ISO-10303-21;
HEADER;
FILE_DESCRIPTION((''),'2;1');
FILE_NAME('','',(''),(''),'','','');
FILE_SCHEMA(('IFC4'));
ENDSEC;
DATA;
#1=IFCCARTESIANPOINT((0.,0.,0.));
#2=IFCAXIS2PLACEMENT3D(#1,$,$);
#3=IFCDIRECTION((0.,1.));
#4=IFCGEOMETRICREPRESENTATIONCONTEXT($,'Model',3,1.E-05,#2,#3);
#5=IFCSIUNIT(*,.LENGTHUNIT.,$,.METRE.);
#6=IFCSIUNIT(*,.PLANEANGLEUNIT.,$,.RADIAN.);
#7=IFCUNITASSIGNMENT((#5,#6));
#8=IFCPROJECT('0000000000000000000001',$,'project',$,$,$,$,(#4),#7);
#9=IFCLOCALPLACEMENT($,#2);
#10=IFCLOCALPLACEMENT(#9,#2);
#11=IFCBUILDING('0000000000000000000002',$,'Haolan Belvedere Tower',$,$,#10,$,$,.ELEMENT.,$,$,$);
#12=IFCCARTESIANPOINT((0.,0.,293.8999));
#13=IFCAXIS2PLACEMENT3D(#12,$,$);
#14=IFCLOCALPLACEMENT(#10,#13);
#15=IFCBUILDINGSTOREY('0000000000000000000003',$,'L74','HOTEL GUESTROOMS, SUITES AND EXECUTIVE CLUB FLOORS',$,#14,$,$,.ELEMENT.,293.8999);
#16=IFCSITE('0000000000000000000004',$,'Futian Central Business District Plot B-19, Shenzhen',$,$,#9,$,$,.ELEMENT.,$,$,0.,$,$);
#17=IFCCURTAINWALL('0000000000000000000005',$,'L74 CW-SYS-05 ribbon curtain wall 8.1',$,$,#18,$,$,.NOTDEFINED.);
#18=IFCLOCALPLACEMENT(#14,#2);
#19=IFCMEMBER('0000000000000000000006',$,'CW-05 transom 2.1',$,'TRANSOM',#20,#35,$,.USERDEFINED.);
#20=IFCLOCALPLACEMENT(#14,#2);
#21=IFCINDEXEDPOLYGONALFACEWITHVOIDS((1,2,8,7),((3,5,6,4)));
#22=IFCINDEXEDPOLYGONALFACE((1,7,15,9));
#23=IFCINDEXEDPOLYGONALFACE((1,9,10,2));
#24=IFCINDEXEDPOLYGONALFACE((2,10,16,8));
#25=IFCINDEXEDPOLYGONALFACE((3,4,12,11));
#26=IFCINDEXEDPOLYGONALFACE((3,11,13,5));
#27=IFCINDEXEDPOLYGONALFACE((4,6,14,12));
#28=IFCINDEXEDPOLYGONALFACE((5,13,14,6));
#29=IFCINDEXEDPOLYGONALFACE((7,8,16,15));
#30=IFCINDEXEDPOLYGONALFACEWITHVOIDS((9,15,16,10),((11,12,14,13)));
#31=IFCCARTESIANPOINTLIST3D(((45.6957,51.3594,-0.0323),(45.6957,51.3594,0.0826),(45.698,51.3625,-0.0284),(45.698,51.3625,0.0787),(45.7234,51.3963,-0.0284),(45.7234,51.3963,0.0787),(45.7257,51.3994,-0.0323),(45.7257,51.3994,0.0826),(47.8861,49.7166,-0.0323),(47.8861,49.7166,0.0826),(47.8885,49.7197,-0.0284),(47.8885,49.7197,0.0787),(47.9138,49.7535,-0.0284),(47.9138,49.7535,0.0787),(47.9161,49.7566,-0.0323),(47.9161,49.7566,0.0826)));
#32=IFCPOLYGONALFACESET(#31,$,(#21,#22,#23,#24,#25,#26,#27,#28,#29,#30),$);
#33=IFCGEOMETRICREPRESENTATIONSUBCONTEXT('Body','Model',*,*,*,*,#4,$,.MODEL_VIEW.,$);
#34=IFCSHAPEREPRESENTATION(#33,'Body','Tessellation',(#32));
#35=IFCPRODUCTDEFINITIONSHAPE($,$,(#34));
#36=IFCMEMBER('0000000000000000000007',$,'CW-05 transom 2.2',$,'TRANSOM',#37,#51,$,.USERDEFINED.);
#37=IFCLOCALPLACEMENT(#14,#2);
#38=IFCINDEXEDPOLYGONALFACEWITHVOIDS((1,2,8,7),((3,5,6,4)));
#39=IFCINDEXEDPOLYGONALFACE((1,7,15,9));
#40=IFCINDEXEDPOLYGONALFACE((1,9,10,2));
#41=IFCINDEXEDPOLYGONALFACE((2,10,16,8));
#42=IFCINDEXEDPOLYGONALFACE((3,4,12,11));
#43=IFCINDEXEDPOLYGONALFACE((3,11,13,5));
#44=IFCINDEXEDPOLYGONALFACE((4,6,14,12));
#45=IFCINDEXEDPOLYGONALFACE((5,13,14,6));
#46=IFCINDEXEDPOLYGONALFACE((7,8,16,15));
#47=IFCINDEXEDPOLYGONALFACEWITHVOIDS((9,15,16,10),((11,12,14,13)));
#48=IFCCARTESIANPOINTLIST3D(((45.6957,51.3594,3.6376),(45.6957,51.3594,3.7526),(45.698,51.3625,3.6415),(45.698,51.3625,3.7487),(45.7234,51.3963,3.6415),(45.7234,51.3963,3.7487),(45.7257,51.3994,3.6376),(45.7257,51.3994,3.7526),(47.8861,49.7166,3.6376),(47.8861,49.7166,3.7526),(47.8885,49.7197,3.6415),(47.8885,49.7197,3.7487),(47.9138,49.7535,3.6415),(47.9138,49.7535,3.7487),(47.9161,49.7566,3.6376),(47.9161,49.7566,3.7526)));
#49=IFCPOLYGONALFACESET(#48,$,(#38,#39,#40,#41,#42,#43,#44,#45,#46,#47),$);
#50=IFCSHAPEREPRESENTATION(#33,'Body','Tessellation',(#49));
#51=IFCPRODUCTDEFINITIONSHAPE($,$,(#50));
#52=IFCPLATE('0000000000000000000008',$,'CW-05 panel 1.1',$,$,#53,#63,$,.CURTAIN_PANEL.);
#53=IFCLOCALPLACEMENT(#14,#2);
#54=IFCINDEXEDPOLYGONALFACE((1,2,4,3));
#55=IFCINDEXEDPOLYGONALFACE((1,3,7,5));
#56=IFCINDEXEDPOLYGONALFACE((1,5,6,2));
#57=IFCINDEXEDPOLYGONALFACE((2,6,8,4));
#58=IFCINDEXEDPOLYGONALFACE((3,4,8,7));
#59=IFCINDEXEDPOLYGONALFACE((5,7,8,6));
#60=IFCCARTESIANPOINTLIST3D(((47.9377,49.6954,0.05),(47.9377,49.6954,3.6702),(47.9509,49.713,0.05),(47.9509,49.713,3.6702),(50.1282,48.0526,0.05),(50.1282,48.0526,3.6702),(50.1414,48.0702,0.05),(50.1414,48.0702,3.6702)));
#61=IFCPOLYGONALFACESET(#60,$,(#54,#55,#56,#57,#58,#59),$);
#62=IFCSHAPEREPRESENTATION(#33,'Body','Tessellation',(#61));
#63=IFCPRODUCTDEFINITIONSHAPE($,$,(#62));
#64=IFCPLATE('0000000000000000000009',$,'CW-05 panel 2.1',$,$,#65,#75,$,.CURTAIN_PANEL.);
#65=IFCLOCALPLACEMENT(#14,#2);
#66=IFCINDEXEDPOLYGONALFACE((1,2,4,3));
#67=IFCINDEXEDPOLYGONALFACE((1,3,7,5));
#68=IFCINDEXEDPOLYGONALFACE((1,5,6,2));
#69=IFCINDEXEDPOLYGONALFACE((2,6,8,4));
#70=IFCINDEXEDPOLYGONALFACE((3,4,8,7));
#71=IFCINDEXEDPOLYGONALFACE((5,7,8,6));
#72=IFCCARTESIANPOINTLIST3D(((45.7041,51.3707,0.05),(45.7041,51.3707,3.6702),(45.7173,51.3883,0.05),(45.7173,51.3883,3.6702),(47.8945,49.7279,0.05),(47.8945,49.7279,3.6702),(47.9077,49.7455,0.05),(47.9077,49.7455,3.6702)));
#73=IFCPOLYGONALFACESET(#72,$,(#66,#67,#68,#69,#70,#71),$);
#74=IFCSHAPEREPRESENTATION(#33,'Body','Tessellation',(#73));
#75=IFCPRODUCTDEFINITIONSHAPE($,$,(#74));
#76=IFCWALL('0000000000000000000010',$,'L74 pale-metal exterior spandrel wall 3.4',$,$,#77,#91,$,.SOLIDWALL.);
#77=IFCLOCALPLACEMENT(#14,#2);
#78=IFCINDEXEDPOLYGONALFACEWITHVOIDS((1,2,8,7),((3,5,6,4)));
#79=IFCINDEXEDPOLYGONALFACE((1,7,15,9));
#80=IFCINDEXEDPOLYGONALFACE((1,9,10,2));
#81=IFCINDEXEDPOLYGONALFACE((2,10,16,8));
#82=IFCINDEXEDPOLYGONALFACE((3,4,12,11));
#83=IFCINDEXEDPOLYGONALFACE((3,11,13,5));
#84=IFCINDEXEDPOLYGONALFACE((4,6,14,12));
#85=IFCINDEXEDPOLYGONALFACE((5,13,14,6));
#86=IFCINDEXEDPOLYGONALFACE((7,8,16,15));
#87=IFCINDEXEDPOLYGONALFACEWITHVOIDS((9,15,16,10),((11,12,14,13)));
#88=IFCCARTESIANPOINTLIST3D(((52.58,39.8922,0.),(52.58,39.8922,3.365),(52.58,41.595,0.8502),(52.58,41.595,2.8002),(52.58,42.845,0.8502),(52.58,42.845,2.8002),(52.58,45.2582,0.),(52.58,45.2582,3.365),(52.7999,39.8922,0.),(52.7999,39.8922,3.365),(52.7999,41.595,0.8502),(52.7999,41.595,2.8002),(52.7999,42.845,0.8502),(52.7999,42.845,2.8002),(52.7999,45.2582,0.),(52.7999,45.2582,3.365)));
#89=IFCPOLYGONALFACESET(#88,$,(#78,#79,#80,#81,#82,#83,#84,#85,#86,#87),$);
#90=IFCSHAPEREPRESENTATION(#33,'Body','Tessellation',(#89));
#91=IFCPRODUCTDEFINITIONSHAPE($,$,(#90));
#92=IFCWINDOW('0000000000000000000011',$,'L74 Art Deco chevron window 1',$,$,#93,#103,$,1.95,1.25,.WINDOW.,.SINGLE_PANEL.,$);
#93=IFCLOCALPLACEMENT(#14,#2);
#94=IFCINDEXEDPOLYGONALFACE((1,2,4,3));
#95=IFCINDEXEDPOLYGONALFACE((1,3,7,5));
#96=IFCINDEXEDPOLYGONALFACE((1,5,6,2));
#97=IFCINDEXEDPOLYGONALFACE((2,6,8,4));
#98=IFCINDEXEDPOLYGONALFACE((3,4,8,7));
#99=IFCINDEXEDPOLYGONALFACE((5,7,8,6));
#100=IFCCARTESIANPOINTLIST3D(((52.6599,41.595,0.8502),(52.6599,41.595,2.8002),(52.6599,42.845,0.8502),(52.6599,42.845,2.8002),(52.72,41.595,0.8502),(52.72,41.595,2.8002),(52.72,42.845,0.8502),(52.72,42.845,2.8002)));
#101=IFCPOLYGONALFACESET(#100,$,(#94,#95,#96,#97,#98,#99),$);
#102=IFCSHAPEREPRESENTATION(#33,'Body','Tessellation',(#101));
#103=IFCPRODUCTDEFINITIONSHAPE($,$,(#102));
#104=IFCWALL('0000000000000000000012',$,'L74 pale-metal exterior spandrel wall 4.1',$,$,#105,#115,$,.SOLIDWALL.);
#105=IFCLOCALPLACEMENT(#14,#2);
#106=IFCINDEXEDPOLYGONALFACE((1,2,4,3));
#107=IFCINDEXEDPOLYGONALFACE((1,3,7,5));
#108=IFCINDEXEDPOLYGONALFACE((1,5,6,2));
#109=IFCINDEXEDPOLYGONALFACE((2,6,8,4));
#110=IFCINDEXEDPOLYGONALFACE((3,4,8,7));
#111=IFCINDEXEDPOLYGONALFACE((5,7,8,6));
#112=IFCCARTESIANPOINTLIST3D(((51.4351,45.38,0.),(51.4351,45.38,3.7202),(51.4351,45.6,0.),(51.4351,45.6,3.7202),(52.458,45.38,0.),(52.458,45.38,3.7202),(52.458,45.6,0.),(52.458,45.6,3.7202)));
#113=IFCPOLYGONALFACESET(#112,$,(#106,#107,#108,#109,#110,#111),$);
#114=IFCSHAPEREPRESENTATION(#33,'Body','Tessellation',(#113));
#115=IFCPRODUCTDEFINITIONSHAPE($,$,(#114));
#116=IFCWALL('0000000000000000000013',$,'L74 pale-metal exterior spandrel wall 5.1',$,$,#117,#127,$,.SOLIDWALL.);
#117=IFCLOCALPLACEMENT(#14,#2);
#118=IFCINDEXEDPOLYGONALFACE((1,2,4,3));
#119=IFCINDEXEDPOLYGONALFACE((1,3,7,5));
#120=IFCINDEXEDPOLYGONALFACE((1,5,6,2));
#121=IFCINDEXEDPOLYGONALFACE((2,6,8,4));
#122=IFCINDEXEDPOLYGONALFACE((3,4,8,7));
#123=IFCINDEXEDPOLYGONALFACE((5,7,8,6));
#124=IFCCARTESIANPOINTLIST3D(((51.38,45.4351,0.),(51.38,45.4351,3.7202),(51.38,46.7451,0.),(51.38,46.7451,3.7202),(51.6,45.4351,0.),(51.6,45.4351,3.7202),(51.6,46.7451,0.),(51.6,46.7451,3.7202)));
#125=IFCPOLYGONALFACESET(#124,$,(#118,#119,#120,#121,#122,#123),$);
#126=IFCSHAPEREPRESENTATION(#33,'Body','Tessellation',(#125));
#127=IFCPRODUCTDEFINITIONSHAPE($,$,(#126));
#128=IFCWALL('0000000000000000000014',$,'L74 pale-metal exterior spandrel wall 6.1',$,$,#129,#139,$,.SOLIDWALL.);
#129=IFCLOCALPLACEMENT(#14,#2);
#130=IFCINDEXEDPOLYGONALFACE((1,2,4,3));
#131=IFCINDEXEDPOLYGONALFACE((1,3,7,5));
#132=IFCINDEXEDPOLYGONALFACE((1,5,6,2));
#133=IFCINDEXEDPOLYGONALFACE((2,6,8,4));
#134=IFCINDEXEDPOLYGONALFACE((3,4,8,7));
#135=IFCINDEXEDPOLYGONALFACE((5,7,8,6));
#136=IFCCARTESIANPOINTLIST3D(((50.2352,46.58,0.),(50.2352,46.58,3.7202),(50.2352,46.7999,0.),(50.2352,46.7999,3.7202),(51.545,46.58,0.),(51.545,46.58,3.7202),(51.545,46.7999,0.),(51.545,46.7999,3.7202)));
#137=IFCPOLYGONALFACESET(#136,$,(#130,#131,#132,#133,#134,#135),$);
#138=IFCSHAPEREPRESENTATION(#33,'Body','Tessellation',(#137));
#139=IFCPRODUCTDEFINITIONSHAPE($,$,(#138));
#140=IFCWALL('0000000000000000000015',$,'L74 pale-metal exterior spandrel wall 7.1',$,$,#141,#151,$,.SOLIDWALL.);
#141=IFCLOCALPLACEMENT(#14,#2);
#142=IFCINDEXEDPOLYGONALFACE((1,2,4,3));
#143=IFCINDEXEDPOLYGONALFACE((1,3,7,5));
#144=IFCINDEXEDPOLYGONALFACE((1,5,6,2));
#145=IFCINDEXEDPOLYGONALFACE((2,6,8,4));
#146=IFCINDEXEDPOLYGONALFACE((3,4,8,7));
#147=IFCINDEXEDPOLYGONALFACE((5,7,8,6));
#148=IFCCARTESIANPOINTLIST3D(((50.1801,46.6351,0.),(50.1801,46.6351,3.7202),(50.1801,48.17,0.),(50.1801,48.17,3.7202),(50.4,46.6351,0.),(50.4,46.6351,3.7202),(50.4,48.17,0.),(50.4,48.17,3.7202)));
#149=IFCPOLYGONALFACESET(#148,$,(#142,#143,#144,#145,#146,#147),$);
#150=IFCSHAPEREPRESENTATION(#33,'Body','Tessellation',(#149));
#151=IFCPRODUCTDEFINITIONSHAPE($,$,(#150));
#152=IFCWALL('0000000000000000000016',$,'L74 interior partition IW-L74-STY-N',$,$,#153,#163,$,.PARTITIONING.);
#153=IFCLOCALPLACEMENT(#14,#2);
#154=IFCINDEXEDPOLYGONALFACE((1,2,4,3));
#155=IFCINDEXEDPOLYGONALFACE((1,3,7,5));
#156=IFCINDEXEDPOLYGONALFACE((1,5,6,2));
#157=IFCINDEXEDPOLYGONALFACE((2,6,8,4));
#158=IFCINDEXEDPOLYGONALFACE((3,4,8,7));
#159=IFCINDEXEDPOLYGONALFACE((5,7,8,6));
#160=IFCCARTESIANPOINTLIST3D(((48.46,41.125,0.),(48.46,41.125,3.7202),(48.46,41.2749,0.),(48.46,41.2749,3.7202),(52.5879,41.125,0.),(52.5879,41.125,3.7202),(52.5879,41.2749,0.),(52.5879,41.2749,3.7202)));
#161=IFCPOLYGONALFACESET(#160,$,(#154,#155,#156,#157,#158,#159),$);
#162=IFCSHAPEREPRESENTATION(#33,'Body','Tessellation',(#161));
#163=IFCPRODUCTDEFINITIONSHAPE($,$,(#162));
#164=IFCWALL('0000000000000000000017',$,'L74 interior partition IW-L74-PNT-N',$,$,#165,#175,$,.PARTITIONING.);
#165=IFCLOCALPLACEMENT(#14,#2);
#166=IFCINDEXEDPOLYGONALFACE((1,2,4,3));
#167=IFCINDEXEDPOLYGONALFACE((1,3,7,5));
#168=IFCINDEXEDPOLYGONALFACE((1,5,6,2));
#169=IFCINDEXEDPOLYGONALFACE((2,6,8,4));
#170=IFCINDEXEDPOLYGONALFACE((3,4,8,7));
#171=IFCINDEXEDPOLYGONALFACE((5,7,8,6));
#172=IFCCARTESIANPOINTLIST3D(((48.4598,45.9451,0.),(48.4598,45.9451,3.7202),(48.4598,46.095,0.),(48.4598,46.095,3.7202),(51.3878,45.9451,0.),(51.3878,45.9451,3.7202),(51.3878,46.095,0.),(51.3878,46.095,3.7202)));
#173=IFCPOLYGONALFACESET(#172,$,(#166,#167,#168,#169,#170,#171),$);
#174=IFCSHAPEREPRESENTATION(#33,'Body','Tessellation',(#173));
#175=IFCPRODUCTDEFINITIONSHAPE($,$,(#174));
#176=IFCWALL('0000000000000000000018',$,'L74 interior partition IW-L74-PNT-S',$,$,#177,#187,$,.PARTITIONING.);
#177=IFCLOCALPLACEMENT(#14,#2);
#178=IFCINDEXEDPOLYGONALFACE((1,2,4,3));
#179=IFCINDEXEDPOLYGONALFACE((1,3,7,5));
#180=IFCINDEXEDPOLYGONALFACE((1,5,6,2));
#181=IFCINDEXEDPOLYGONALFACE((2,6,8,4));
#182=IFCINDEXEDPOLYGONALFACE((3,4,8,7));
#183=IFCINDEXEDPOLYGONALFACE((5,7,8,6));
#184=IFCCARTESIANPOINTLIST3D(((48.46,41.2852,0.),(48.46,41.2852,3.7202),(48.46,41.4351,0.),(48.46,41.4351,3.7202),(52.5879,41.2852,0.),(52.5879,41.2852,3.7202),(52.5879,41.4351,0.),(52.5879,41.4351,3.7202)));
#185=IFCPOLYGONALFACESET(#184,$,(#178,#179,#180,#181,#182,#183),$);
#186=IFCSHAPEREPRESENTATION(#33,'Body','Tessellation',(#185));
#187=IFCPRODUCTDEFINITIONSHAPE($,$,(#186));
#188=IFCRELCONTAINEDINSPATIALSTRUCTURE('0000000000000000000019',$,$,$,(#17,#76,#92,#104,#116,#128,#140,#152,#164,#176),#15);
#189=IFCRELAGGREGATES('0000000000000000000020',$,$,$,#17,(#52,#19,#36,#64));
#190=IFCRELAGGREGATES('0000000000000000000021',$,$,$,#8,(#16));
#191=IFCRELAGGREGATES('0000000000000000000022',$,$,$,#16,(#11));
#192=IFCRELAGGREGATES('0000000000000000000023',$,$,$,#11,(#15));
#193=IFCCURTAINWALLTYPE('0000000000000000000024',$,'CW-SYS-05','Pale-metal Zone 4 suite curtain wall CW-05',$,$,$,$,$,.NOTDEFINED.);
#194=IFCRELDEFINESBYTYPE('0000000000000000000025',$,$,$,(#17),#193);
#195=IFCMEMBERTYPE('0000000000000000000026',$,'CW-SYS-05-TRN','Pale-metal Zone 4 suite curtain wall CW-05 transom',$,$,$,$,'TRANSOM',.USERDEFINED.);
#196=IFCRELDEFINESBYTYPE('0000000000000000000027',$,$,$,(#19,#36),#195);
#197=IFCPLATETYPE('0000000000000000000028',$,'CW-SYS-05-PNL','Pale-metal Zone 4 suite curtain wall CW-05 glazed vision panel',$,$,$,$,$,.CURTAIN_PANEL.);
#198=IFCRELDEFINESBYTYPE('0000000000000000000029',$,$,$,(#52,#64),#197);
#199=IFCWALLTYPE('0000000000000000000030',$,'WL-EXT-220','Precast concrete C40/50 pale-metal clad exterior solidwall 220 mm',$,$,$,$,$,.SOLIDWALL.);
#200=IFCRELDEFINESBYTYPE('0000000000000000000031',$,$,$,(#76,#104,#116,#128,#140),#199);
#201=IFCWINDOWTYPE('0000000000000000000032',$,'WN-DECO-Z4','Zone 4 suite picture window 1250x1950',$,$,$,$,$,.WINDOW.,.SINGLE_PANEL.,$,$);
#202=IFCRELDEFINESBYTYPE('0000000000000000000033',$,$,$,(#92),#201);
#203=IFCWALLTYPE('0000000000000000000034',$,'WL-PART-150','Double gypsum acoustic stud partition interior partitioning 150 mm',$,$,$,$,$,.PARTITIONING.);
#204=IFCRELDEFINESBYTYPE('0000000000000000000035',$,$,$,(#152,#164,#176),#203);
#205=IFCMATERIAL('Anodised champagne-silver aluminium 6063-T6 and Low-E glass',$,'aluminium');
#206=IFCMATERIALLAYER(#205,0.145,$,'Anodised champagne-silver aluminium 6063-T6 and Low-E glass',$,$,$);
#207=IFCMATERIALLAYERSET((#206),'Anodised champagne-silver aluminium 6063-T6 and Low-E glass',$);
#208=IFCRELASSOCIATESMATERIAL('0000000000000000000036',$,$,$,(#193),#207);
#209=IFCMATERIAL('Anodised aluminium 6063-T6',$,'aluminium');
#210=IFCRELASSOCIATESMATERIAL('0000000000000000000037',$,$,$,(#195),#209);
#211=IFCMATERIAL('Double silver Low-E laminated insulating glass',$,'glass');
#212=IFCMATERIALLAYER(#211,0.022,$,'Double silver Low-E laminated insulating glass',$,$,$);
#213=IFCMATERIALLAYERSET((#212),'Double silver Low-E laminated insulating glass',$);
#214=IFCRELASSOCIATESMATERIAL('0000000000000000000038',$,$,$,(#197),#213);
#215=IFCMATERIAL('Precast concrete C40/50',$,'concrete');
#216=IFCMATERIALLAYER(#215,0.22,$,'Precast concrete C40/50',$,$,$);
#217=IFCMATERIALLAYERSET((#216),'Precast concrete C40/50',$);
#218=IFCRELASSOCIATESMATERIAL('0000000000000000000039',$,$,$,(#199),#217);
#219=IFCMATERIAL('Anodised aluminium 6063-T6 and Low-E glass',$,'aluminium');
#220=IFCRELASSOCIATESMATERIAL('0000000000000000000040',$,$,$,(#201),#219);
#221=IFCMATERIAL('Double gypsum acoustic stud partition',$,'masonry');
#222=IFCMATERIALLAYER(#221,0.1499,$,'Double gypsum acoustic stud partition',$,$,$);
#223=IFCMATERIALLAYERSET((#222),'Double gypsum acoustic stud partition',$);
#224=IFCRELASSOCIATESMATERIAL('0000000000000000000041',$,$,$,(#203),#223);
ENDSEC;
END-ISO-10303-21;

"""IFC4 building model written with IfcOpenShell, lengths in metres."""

from ifc_helpers import new_model, si_unit, direction, frame, frame_2d, origin, origin_2d, place, context, subcontext, project, spatial, rectangle, hollow_rectangle, extrude, material, layer, layer_set, material_profile, profile_set, type_object, element, fill, aggregate, save


model = new_model("IFC4")

# Units and contexts
model_context = context("Model", 3, precision=1e-05, world=origin(), true_north=direction((0.0, 1.0)))
body_context = subcontext(model_context, "Body", "Model", "MODEL_VIEW")
ifc_project = project(units=[si_unit("LENGTHUNIT", "METRE"), si_unit("PLANEANGLEUNIT", "RADIAN")], contexts=[model_context])

# Site, building, storey
site_placement = place(None, origin())
site = spatial("IfcSite", under=ifc_project, at=site_placement, Name="Futian Central Business District Plot B-19, Shenzhen", CompositionType="ELEMENT", RefElevation=0.0)
building_placement = place(site_placement, origin())
building = spatial("IfcBuilding", under=site, at=building_placement, Name="Haolan Belvedere Tower", CompositionType="ELEMENT")
storey_placement = place(building_placement, frame((0.0, 0.0, 293.8999)))
storey = spatial("IfcBuildingStorey", under=building, at=storey_placement, Name="L74", Description="HOTEL GUESTROOMS, SUITES AND EXECUTIVE CLUB FLOORS", CompositionType="ELEMENT", Elevation=293.8999)

# Curtain wall, members, plates
ifc_material_1 = material(Name="Anodised champagne-silver aluminium 6063-T6 and Low-E glass", Category="aluminium")
ifc_layer_1 = layer(ifc_material_1, 0.145, Name="Anodised champagne-silver aluminium 6063-T6 and Low-E glass")
ifc_layer_set_1 = layer_set([ifc_layer_1], Name="Anodised champagne-silver aluminium 6063-T6 and Low-E glass")
curtain_wall_type = type_object("IfcCurtainWallType", Name="CW-SYS-05", Description="Pale-metal Zone 4 suite curtain wall CW-05", PredefinedType="NOTDEFINED", material=ifc_layer_set_1)
curtain_wall_placement = place(storey_placement, origin())
curtain_wall = element("IfcCurtainWall", 1, at=curtain_wall_placement, inside=storey, type_object=curtain_wall_type, Name="L74 CW-SYS-05 ribbon curtain wall 8.1", PredefinedType="NOTDEFINED")
ifc_material_2 = material(Name="Anodised aluminium 6063-T6", Category="aluminium")
ifc_material_profile_1 = material_profile(ifc_material_2, hollow_rectangle(XDim=0.05, YDim=0.115, WallThickness=0.0039, at=origin_2d()), Name="Anodised aluminium 6063-T6")
ifc_profile_set_1 = profile_set([ifc_material_profile_1], Name="Anodised aluminium 6063-T6")
member_type_1 = type_object("IfcMemberType", Name="CW-SYS-05-TRN", Description="Pale-metal Zone 4 suite curtain wall CW-05 transom", ElementType="TRANSOM", PredefinedType="USERDEFINED", material=ifc_profile_set_1)
member_1_placement = place(storey_placement, frame((47.9011, 49.7366, 0.0251), z_axis=(-0.8, 0.6, 0.0), x_axis=(-0.6, -0.8, 0.0)))
member_1 = element("IfcMember", 2, at=member_1_placement, type_object=member_type_1, Name="CW-05 transom 2.1", ObjectType="TRANSOM", PredefinedType="USERDEFINED", context=body_context, shape_type="SweptSolid", body=[
    extrude(hollow_rectangle(XDim=0.05, YDim=0.115, WallThickness=0.0039, at=origin_2d()), origin(), (0.0, 0.0, 1.0), 2.738),
])
member_2_placement = place(storey_placement, frame((47.9011, 49.7366, 3.6951), z_axis=(-0.8, 0.6, 0.0), x_axis=(-0.6, -0.8, 0.0)))
member_2 = element("IfcMember", 3, at=member_2_placement, type_object=member_type_1, Name="CW-05 transom 2.2", ObjectType="TRANSOM", PredefinedType="USERDEFINED", context=body_context, shape_type="SweptSolid", body=[
    extrude(hollow_rectangle(XDim=0.05, YDim=0.115, WallThickness=0.0039, at=origin_2d()), origin(), (0.0, 0.0, 1.0), 2.738),
])
ifc_material_3 = material(Name="Double silver Low-E laminated insulating glass", Category="glass")
ifc_layer_2 = layer(ifc_material_3, 0.022, Name="Double silver Low-E laminated insulating glass")
ifc_layer_set_2 = layer_set([ifc_layer_2], Name="Double silver Low-E laminated insulating glass")
plate_type = type_object("IfcPlateType", Name="CW-SYS-05-PNL", Description="Pale-metal Zone 4 suite curtain wall CW-05 glazed vision panel", PredefinedType="CURTAIN_PANEL", material=ifc_layer_set_2)
plate_1_placement = place(storey_placement, frame((49.0396, 48.8828, 0.05), z_axis=(0.0, 0.0, 1.0), x_axis=(-0.799998, 0.600003, 0.0)))
plate_1 = element("IfcPlate", 4, at=plate_1_placement, type_object=plate_type, Name="CW-05 panel 1.1", PredefinedType="CURTAIN_PANEL", context=body_context, shape_type="SweptSolid", body=[
    extrude(rectangle(XDim=2.738, YDim=0.022, at=origin_2d()), origin(), (0.0, 0.0, 1.0), 3.6201),
])
plate_2_placement = place(storey_placement, frame((46.8059, 50.5581, 0.05), z_axis=(0.0, 0.0, 1.0), x_axis=(-0.799998, 0.600003, 0.0)))
plate_2 = element("IfcPlate", 5, at=plate_2_placement, type_object=plate_type, Name="CW-05 panel 2.1", PredefinedType="CURTAIN_PANEL", context=body_context, shape_type="SweptSolid", body=[
    extrude(rectangle(XDim=2.738, YDim=0.022, at=origin_2d()), origin(), (0.0, 0.0, 1.0), 3.6201),
])
aggregate(curtain_wall, [plate_1, member_1, member_2, plate_2])

# Wall, opening, window
ifc_material_4 = material(Name="Precast concrete C40/50", Category="concrete")
ifc_layer_3 = layer(ifc_material_4, 0.22, Name="Precast concrete C40/50")
ifc_layer_set_3 = layer_set([ifc_layer_3], Name="Precast concrete C40/50")
wall_type_1 = type_object("IfcWallType", Name="WL-EXT-220", Description="Precast concrete C40/50 pale-metal clad exterior solidwall 220 mm", PredefinedType="SOLIDWALL", material=ifc_layer_set_3)
wall_1_placement = place(storey_placement, frame((52.6899, 39.8921, 0.0), z_axis=(0.0, 0.0, 1.0), x_axis=(0.0, 1.0, 0.0)))
wall_1 = element("IfcWall", 6, at=wall_1_placement, inside=storey, type_object=wall_type_1, Name="L74 pale-metal exterior spandrel wall 3.4", PredefinedType="SOLIDWALL", context=body_context, shape_type="SweptSolid", body=[
    extrude(rectangle(XDim=5.366, YDim=0.22, at=frame_2d((2.6831, 0.0))), origin(), (0.0, 0.0, 1.0), 3.365),
])
opening_1_placement = place(wall_1_placement, frame((1.7029, 0.0, 0.8501)))
opening_1 = element("IfcOpeningElement", 7, at=opening_1_placement, cuts=wall_1, PredefinedType="OPENING", context=body_context, shape_type="SweptSolid", body=[
    extrude(rectangle(XDim=1.25, YDim=1.95, at=frame_2d((0.625, 0.9751))), frame((0.0, 0.1199, 0.0), z_axis=(0.0, -1.0, 0.0), x_axis=(1.0, 0.0, 0.0)), (0.0, 0.0, 1.0), 0.24),
])
ifc_material_5 = material(Name="Anodised aluminium 6063-T6 and Low-E glass", Category="aluminium")
window_type = type_object("IfcWindowType", Name="WN-DECO-Z4", Description="Zone 4 suite picture window 1250x1950", PartitioningType="SINGLE_PANEL", PredefinedType="WINDOW", material=ifc_material_5)
window_placement = place(opening_1_placement, origin())
window = element("IfcWindow", 8, at=window_placement, inside=storey, type_object=window_type, Name="L74 Art Deco chevron window 1", OverallHeight=1.95, OverallWidth=1.25, PartitioningType="SINGLE_PANEL", PredefinedType="WINDOW", context=body_context, shape_type="SweptSolid", body=[
    extrude(rectangle(XDim=1.25, YDim=1.95, at=frame_2d((0.625, 0.9751))), frame((0.0, 0.03, 0.0), z_axis=(0.0, -1.0, 0.0), x_axis=(1.0, 0.0, 0.0)), (0.0, 0.0, 1.0), 0.0601),
])
fill(opening_1, window)

# Walls
wall_2_placement = place(storey_placement, frame((52.458, 45.49, 0.0), z_axis=(0.0, 0.0, 1.0), x_axis=(-1.0, 0.0, 0.0)))
element("IfcWall", 9, at=wall_2_placement, inside=storey, type_object=wall_type_1, Name="L74 pale-metal exterior spandrel wall 4.1", PredefinedType="SOLIDWALL", context=body_context, shape_type="SweptSolid", body=[
    extrude(rectangle(XDim=1.0229, YDim=0.22, at=frame_2d((0.5115, 0.0))), origin(), (0.0, 0.0, 1.0), 3.7202),
])
wall_3_placement = place(storey_placement, frame((51.49, 45.4351, 0.0), z_axis=(0.0, 0.0, 1.0), x_axis=(0.0, 1.0, 0.0)))
element("IfcWall", 10, at=wall_3_placement, inside=storey, type_object=wall_type_1, Name="L74 pale-metal exterior spandrel wall 5.1", PredefinedType="SOLIDWALL", context=body_context, shape_type="SweptSolid", body=[
    extrude(rectangle(XDim=1.3101, YDim=0.22, at=frame_2d((0.655, 0.0))), origin(), (0.0, 0.0, 1.0), 3.7202),
])
wall_4_placement = place(storey_placement, frame((51.5449, 46.6899, 0.0), z_axis=(0.0, 0.0, 1.0), x_axis=(-1.0, 0.0, 0.0)))
element("IfcWall", 11, at=wall_4_placement, inside=storey, type_object=wall_type_1, Name="L74 pale-metal exterior spandrel wall 6.1", PredefinedType="SOLIDWALL", context=body_context, shape_type="SweptSolid", body=[
    extrude(rectangle(XDim=1.3098, YDim=0.22, at=frame_2d((0.6548, 0.0))), origin(), (0.0, 0.0, 1.0), 3.7202),
])
wall_5_placement = place(storey_placement, frame((50.29, 46.635, 0.0), z_axis=(0.0, 0.0, 1.0), x_axis=(0.0, 1.0, 0.0)))
element("IfcWall", 12, at=wall_5_placement, inside=storey, type_object=wall_type_1, Name="L74 pale-metal exterior spandrel wall 7.1", PredefinedType="SOLIDWALL", context=body_context, shape_type="SweptSolid", body=[
    extrude(rectangle(XDim=1.5349, YDim=0.22, at=frame_2d((0.7676, 0.0))), origin(), (0.0, 0.0, 1.0), 3.7202),
])
ifc_material_6 = material(Name="Double gypsum acoustic stud partition", Category="masonry")
ifc_layer_4 = layer(ifc_material_6, 0.1499, Name="Double gypsum acoustic stud partition")
ifc_layer_set_4 = layer_set([ifc_layer_4], Name="Double gypsum acoustic stud partition")
wall_type_2 = type_object("IfcWallType", Name="WL-PART-150", Description="Double gypsum acoustic stud partition interior partitioning 150 mm", PredefinedType="PARTITIONING", material=ifc_layer_set_4)
wall_6_placement = place(storey_placement, frame((48.46, 41.2, 0.0), z_axis=(0.0, 0.0, 1.0), x_axis=(1.0, 0.0, 0.0)))
element("IfcWall", 13, at=wall_6_placement, inside=storey, type_object=wall_type_2, Name="L74 interior partition IW-L74-STY-N", PredefinedType="PARTITIONING", context=body_context, shape_type="SweptSolid", body=[
    extrude(rectangle(XDim=4.1279, YDim=0.1499, at=frame_2d((2.064, 0.0))), origin(), (0.0, 0.0, 1.0), 3.7202),
])
wall_7_placement = place(storey_placement, frame((48.46, 46.02, 0.0), z_axis=(0.0, 0.0, 1.0), x_axis=(1.0, 0.0, 0.0)))
element("IfcWall", 14, at=wall_7_placement, inside=storey, type_object=wall_type_2, Name="L74 interior partition IW-L74-PNT-N", PredefinedType="PARTITIONING", context=body_context, shape_type="SweptSolid", body=[
    extrude(rectangle(XDim=2.928, YDim=0.1499, at=frame_2d((1.4639, 0.0))), origin(), (0.0, 0.0, 1.0), 3.7202),
])
wall_8_placement = place(storey_placement, frame((48.46, 41.3601, 0.0), z_axis=(0.0, 0.0, 1.0), x_axis=(1.0, 0.0, 0.0)))
element("IfcWall", 15, at=wall_8_placement, inside=storey, type_object=wall_type_2, Name="L74 interior partition IW-L74-PNT-S", PredefinedType="PARTITIONING", context=body_context, shape_type="SweptSolid", body=[
    extrude(rectangle(XDim=4.1279, YDim=0.1499, at=frame_2d((2.064, 0.0))), origin(), (0.0, 0.0, 1.0), 3.7202),
])

save(model, "model.ifc")
